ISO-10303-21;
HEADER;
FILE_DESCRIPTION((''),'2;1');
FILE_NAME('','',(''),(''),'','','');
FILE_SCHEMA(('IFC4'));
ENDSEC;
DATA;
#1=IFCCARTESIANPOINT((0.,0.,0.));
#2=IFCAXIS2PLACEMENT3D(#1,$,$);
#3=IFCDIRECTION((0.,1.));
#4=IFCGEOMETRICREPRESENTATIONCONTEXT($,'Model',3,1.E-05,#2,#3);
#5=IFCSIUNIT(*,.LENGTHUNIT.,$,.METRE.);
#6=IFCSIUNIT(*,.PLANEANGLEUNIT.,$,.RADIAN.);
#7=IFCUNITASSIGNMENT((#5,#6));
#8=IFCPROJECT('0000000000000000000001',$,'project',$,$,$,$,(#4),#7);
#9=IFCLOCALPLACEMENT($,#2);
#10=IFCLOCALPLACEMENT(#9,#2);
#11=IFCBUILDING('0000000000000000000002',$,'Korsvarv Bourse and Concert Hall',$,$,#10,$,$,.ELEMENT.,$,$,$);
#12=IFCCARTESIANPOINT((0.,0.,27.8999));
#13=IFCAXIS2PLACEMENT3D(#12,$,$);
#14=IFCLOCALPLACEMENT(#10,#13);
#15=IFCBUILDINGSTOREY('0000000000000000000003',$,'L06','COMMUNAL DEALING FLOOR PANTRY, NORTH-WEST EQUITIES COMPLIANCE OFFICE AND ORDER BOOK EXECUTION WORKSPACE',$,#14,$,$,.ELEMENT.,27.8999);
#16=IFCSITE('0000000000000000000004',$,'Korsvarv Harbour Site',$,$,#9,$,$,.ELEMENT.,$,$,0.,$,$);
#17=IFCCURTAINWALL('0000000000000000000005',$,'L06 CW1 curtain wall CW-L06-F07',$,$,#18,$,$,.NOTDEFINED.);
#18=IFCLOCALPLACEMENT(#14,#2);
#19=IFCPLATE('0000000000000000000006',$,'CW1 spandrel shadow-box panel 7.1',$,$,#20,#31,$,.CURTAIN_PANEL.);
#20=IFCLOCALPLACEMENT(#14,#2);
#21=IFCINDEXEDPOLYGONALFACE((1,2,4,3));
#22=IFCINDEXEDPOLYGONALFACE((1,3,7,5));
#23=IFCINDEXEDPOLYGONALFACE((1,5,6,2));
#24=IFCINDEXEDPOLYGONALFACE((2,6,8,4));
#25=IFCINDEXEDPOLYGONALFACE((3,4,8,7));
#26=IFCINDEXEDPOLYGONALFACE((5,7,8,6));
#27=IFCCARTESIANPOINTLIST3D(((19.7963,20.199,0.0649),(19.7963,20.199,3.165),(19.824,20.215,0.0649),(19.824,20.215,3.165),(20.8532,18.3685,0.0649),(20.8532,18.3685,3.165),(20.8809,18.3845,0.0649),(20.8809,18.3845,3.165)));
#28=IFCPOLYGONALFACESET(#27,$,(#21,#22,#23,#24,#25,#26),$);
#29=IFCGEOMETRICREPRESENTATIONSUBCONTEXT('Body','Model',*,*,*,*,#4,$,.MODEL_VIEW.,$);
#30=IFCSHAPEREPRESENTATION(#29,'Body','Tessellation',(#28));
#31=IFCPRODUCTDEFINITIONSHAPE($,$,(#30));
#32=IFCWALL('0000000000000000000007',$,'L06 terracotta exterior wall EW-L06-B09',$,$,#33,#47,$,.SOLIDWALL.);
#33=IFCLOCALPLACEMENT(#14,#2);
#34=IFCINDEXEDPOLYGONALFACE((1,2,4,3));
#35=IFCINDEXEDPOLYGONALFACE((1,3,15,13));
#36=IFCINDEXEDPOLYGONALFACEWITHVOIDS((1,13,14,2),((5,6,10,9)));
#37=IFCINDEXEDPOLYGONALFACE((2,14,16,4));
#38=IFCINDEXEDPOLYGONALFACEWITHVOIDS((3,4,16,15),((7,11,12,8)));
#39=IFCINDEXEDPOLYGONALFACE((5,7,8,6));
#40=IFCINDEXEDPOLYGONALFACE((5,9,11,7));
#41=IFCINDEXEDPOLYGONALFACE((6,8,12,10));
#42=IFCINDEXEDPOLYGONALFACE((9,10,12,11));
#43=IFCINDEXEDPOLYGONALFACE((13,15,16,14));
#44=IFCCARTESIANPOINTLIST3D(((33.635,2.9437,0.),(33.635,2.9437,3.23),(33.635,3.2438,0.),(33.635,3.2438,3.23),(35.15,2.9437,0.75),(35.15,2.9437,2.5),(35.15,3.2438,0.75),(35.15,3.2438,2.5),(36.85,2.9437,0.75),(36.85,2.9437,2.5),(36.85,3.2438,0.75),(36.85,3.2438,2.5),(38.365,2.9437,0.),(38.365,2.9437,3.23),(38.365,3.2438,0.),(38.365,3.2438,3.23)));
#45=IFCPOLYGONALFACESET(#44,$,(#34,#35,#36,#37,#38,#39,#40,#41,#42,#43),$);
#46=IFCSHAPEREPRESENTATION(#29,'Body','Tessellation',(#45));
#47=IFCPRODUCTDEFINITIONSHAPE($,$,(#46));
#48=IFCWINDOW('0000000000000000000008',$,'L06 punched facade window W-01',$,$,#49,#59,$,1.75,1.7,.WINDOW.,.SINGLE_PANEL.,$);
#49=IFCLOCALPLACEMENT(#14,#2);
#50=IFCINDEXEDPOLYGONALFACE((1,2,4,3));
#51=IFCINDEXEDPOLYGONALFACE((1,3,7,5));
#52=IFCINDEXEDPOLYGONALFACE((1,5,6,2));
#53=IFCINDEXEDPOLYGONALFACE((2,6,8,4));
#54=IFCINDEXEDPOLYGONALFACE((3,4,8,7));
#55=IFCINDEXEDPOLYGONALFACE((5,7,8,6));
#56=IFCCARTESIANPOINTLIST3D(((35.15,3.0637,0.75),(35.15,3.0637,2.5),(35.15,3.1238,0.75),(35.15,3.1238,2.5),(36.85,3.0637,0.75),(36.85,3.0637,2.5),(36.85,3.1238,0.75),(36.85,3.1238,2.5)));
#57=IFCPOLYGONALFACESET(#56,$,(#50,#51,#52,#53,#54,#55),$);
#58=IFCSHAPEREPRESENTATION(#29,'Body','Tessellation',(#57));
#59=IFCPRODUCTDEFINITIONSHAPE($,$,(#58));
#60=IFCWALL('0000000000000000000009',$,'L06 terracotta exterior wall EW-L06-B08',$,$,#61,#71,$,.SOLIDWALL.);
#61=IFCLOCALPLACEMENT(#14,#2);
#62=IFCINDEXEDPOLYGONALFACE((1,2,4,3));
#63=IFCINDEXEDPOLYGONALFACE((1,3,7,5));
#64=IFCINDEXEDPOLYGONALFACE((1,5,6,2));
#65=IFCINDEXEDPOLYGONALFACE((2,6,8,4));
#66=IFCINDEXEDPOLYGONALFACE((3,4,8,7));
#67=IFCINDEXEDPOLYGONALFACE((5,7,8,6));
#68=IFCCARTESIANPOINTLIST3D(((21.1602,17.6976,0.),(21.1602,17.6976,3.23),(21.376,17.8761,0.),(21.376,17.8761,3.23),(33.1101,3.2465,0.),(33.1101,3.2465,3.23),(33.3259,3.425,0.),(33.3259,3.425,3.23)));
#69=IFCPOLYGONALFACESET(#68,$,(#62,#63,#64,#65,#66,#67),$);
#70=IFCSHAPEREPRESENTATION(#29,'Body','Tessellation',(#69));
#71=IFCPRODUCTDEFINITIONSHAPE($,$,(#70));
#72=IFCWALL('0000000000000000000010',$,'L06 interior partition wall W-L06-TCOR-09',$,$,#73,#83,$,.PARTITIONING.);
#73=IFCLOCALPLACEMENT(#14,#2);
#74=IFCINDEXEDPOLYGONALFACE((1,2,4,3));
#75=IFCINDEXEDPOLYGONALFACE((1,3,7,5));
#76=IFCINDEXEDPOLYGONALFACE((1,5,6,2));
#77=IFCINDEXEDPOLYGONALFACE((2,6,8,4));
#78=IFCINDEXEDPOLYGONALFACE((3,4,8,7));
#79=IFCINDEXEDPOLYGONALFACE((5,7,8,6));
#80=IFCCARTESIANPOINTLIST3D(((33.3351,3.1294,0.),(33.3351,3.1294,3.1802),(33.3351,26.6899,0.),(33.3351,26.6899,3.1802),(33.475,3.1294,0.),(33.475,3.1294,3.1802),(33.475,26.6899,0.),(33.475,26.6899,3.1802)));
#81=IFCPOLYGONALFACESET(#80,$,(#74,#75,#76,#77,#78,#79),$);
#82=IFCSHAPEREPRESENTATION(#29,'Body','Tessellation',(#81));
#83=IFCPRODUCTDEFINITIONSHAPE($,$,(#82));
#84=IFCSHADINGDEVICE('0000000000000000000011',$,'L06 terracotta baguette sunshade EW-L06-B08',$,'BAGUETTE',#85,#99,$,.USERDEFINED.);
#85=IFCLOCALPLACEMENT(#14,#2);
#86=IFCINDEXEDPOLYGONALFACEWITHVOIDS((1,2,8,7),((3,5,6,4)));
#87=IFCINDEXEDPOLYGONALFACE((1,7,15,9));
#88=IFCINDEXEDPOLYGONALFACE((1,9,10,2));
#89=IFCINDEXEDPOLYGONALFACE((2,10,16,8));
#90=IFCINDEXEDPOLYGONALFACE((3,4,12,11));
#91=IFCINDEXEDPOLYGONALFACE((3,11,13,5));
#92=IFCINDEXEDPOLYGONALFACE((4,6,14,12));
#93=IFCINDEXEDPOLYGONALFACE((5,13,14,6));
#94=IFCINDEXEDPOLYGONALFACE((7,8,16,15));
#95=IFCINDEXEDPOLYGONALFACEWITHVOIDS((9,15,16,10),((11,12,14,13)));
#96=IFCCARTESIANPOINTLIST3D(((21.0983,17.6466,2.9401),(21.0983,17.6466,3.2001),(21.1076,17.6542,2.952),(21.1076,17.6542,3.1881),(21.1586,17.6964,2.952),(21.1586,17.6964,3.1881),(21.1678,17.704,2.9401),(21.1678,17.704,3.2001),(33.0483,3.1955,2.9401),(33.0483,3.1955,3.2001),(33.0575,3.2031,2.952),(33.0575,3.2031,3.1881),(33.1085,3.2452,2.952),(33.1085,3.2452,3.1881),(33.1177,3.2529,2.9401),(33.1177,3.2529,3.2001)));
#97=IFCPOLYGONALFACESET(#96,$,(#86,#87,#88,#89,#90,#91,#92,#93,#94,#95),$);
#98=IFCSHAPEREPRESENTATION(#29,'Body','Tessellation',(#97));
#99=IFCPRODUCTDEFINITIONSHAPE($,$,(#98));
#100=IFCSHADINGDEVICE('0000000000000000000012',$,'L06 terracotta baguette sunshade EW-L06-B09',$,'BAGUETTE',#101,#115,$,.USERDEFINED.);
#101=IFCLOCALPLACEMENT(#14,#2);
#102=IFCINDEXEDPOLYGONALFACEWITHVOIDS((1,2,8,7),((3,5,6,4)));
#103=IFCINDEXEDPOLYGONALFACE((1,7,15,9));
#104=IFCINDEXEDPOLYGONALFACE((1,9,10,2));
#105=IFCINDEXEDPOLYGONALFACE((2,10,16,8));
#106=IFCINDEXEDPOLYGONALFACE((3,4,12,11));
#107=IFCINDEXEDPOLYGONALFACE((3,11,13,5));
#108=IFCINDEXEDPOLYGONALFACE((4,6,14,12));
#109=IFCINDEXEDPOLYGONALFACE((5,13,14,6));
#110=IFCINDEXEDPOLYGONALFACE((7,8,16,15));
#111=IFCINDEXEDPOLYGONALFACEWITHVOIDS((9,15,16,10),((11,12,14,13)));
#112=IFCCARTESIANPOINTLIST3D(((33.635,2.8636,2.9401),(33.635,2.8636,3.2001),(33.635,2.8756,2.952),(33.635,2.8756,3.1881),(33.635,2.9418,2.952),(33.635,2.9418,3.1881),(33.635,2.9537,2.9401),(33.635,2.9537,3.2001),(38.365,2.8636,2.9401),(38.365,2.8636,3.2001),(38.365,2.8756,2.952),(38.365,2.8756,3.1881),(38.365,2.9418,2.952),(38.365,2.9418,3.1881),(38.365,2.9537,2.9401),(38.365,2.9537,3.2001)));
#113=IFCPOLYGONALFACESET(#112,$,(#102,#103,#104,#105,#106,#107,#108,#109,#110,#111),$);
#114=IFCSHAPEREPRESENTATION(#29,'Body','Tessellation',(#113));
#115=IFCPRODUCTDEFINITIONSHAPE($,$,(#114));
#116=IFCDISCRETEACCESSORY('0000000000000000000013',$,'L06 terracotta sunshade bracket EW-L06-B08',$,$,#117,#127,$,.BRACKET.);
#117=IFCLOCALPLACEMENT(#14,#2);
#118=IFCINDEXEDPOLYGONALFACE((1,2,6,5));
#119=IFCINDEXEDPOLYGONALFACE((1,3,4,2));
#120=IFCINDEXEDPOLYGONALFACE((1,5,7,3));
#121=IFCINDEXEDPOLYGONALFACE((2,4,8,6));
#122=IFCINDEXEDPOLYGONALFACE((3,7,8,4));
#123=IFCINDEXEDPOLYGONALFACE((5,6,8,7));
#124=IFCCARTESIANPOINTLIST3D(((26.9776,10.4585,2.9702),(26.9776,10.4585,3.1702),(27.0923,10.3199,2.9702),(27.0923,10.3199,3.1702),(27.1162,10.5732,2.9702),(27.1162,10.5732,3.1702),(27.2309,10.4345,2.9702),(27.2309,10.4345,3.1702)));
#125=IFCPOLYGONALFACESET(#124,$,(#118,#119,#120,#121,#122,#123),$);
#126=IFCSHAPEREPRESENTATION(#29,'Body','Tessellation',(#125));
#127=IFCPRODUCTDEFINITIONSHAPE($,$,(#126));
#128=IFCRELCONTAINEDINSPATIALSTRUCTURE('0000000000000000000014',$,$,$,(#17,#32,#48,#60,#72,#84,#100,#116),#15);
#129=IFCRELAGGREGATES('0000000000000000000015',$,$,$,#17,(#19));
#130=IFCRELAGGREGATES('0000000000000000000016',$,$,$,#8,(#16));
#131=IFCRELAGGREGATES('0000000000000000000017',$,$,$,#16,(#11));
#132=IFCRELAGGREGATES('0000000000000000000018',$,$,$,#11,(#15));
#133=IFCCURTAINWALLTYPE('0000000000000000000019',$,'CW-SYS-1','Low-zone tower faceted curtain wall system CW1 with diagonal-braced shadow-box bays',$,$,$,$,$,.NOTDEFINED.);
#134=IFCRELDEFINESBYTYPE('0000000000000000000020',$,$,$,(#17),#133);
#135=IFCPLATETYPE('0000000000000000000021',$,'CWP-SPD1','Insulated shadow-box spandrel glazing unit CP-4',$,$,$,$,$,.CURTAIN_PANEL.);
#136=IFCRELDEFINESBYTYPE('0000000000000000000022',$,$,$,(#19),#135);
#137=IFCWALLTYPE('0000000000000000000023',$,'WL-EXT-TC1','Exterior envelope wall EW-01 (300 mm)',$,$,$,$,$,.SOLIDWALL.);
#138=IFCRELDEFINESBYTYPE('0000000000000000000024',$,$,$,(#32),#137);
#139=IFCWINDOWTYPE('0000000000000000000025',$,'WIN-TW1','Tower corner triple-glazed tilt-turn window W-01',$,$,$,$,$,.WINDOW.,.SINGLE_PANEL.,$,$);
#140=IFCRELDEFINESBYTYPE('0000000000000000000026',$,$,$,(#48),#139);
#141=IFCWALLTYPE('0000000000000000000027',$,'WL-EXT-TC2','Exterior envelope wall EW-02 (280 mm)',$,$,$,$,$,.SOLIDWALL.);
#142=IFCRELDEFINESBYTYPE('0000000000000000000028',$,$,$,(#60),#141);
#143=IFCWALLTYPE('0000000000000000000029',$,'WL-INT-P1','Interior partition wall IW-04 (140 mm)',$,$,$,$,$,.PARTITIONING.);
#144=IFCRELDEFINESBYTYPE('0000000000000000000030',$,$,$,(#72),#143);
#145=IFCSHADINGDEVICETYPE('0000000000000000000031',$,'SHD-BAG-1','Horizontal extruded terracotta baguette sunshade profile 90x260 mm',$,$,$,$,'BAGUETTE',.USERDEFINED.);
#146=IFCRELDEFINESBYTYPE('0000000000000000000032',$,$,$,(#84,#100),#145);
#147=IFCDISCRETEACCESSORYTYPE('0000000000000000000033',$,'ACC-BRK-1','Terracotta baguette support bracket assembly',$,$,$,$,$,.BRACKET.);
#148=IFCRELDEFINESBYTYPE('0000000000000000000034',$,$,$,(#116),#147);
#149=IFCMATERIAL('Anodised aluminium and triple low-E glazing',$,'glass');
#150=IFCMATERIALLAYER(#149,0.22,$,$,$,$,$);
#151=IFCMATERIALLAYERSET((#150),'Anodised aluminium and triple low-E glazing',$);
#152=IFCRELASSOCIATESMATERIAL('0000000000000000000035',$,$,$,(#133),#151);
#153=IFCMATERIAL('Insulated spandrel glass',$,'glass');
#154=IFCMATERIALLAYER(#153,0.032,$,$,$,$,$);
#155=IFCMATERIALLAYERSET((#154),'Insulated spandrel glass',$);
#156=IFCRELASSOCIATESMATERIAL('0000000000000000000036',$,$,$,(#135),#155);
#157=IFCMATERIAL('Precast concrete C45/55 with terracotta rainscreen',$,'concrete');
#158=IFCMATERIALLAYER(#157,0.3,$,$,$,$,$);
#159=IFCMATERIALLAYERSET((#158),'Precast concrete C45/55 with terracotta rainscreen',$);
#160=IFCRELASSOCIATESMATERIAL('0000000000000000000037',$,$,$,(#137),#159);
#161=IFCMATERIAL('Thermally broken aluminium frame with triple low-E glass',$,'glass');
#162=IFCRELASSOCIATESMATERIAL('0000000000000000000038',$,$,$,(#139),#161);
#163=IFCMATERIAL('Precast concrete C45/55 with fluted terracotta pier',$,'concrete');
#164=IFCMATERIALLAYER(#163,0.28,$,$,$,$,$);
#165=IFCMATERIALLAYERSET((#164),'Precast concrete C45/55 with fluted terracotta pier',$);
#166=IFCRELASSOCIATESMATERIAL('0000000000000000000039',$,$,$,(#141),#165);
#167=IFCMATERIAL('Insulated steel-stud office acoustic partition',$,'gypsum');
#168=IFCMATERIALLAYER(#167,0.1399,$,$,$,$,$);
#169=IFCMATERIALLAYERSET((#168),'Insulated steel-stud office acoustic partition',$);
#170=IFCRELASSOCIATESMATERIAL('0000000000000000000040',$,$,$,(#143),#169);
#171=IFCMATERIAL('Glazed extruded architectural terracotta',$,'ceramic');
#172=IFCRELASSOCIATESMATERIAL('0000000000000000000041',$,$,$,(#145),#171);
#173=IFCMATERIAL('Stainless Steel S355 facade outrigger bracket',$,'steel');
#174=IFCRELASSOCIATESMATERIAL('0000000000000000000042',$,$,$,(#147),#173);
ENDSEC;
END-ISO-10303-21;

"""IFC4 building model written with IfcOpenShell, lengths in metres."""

from ifc_helpers import new_model, si_unit, direction, frame, frame_2d, origin, origin_2d, place, context, subcontext, project, spatial, rectangle, hollow_rectangle, extrude, source, transform, mapped, material, layer, layer_set, material_profile, profile_set, type_object, element, fill, aggregate, save


model = new_model("IFC4")

# Units and contexts
model_context = context("Model", 3, precision=1e-05, world=origin(), true_north=direction((0.0, 1.0)))
body_context = subcontext(model_context, "Body", "Model", "MODEL_VIEW")
ifc_project = project(units=[si_unit("LENGTHUNIT", "METRE"), si_unit("PLANEANGLEUNIT", "RADIAN")], contexts=[model_context])

# Site, building, storey
site_placement = place(None, origin())
site = spatial("IfcSite", under=ifc_project, at=site_placement, Name="Korsvarv Harbour Site", CompositionType="ELEMENT", RefElevation=0.0)
building_placement = place(site_placement, origin())
building = spatial("IfcBuilding", under=site, at=building_placement, Name="Korsvarv Bourse and Concert Hall", CompositionType="ELEMENT")
storey_placement = place(building_placement, frame((0.0, 0.0, 27.8999)))
storey = spatial("IfcBuildingStorey", under=building, at=storey_placement, Name="L06", Description="COMMUNAL DEALING FLOOR PANTRY, NORTH-WEST EQUITIES COMPLIANCE OFFICE AND ORDER BOOK EXECUTION WORKSPACE", CompositionType="ELEMENT", Elevation=27.8999)

# Curtain wall, plate
ifc_material_1 = material(Name="Anodised aluminium and triple low-E glazing", Category="glass")
ifc_layer_1 = layer(ifc_material_1, 0.22)
ifc_layer_set_1 = layer_set([ifc_layer_1], Name="Anodised aluminium and triple low-E glazing")
curtain_wall_type = type_object("IfcCurtainWallType", Name="CW-SYS-1", Description="Low-zone tower faceted curtain wall system CW1 with diagonal-braced shadow-box bays", PredefinedType="NOTDEFINED", material=ifc_layer_set_1)
curtain_wall_placement = place(storey_placement, origin())
curtain_wall = element("IfcCurtainWall", 1, at=curtain_wall_placement, inside=storey, type_object=curtain_wall_type, Name="L06 CW1 curtain wall CW-L06-F07", PredefinedType="NOTDEFINED")
ifc_material_2 = material(Name="Insulated spandrel glass", Category="glass")
ifc_layer_2 = layer(ifc_material_2, 0.032)
ifc_layer_set_2 = layer_set([ifc_layer_2], Name="Insulated spandrel glass")
plate_type = type_object("IfcPlateType", Name="CWP-SPD1", Description="Insulated shadow-box spandrel glazing unit CP-4", PredefinedType="CURTAIN_PANEL", material=ifc_layer_set_2)
shared_shape_1 = source(origin(), body_context, "Body", "SweptSolid", [
    extrude(rectangle(XDim=2.1138, YDim=0.032, at=origin_2d()), origin(), (0.0, 0.0, 1.0), 3.1001),
])
plate_placement = place(storey_placement, frame((20.3386, 19.2917, 0.0649), z_axis=(0.0, 0.0, 1.0), x_axis=(0.499995, -0.866029, 0.0)))
plate = element("IfcPlate", 2, at=plate_placement, type_object=plate_type, Name="CW1 spandrel shadow-box panel 7.1", PredefinedType="CURTAIN_PANEL", context=body_context, shape_type="MappedRepresentation", body=[
    mapped(shared_shape_1, transform((0.0, 0.0, 0.0), scale=1.0)),
])
aggregate(curtain_wall, [plate])

# Wall, opening, window
ifc_material_3 = material(Name="Precast concrete C45/55 with terracotta rainscreen", Category="concrete")
ifc_layer_3 = layer(ifc_material_3, 0.3)
ifc_layer_set_3 = layer_set([ifc_layer_3], Name="Precast concrete C45/55 with terracotta rainscreen")
wall_type_1 = type_object("IfcWallType", Name="WL-EXT-TC1", Description="Exterior envelope wall EW-01 (300 mm)", PredefinedType="SOLIDWALL", material=ifc_layer_set_3)
wall_1_placement = place(storey_placement, frame((33.635, 3.0938, 0.0), z_axis=(0.0, 0.0, 1.0), x_axis=(1.0, 0.0, 0.0)))
wall_1 = element("IfcWall", 3, at=wall_1_placement, inside=storey, type_object=wall_type_1, Name="L06 terracotta exterior wall EW-L06-B09", PredefinedType="SOLIDWALL", context=body_context, shape_type="SweptSolid", body=[
    extrude(rectangle(XDim=4.73, YDim=0.3, at=frame_2d((2.365, 0.0))), origin(), (0.0, 0.0, 1.0), 3.23),
])
opening_placement = place(wall_1_placement, frame((1.5149, 0.0, 0.75)))
opening = element("IfcOpeningElement", 4, at=opening_placement, cuts=wall_1, PredefinedType="OPENING", context=body_context, shape_type="SweptSolid", body=[
    extrude(rectangle(XDim=1.7, YDim=1.75, at=frame_2d((0.8501, 0.875))), frame((0.0, 0.1602, 0.0), z_axis=(0.0, -1.0, 0.0), x_axis=(1.0, 0.0, 0.0)), (0.0, 0.0, 1.0), 0.3201),
])
ifc_material_4 = material(Name="Thermally broken aluminium frame with triple low-E glass", Category="glass")
window_type = type_object("IfcWindowType", Name="WIN-TW1", Description="Tower corner triple-glazed tilt-turn window W-01", PartitioningType="SINGLE_PANEL", PredefinedType="WINDOW", material=ifc_material_4)
window_placement = place(opening_placement, origin())
window = element("IfcWindow", 5, at=window_placement, inside=storey, type_object=window_type, Name="L06 punched facade window W-01", OverallHeight=1.75, OverallWidth=1.7, PartitioningType="SINGLE_PANEL", PredefinedType="WINDOW", context=body_context, shape_type="SweptSolid", body=[
    extrude(rectangle(XDim=1.7, YDim=1.75, at=frame_2d((0.8501, 0.875))), frame((0.0, 0.03, 0.0), z_axis=(0.0, -1.0, 0.0), x_axis=(1.0, 0.0, 0.0)), (0.0, 0.0, 1.0), 0.0601),
])
fill(opening, window)

# Walls
ifc_material_5 = material(Name="Precast concrete C45/55 with fluted terracotta pier", Category="concrete")
ifc_layer_4 = layer(ifc_material_5, 0.28)
ifc_layer_set_4 = layer_set([ifc_layer_4], Name="Precast concrete C45/55 with fluted terracotta pier")
wall_type_2 = type_object("IfcWallType", Name="WL-EXT-TC2", Description="Exterior envelope wall EW-02 (280 mm)", PredefinedType="SOLIDWALL", material=ifc_layer_set_4)
wall_2_placement = place(storey_placement, frame((21.2681, 17.7869, 0.0), z_axis=(0.0, 0.0, 1.0), x_axis=(0.637263, -0.770647, 0.0)))
element("IfcWall", 6, at=wall_2_placement, inside=storey, type_object=wall_type_2, Name="L06 terracotta exterior wall EW-L06-B08", PredefinedType="SOLIDWALL", context=body_context, shape_type="SweptSolid", body=[
    extrude(rectangle(XDim=18.752, YDim=0.28, at=frame_2d((9.376, 0.0))), origin(), (0.0, 0.0, 1.0), 3.23),
])
ifc_material_6 = material(Name="Insulated steel-stud office acoustic partition", Category="gypsum")
ifc_layer_5 = layer(ifc_material_6, 0.1399)
ifc_layer_set_5 = layer_set([ifc_layer_5], Name="Insulated steel-stud office acoustic partition")
wall_type_3 = type_object("IfcWallType", Name="WL-INT-P1", Description="Interior partition wall IW-04 (140 mm)", PredefinedType="PARTITIONING", material=ifc_layer_set_5)
wall_3_placement = place(storey_placement, frame((33.405, 3.1294, 0.0), z_axis=(0.0, 0.0, 1.0), x_axis=(0.0, 1.0, 0.0)))
element("IfcWall", 7, at=wall_3_placement, inside=storey, type_object=wall_type_3, Name="L06 interior partition wall W-L06-TCOR-09", PredefinedType="PARTITIONING", context=body_context, shape_type="SweptSolid", body=[
    extrude(rectangle(XDim=23.5605, YDim=0.1399, at=frame_2d((11.7803, 0.0))), origin(), (0.0, 0.0, 1.0), 3.1802),
])

# Shading devices
ifc_material_7 = material(Name="Glazed extruded architectural terracotta", Category="ceramic")
ifc_material_profile_1 = material_profile(ifc_material_7, hollow_rectangle(XDim=0.0901, YDim=0.26, WallThickness=0.012, at=origin_2d()), Name="TC-BAG 90x260")
ifc_profile_set_1 = profile_set([ifc_material_profile_1], Name="Glazed extruded architectural terracotta")
shading_device_type = type_object("IfcShadingDeviceType", Name="SHD-BAG-1", Description="Horizontal extruded terracotta baguette sunshade profile 90x260 mm", ElementType="BAGUETTE", PredefinedType="USERDEFINED", material=ifc_profile_set_1)
shared_shape_2 = source(origin(), body_context, "Body", "SweptSolid", [
    extrude(hollow_rectangle(XDim=0.0901, YDim=0.26, WallThickness=0.012, at=origin_2d()), origin(), (0.0, 0.0, 1.0), 18.752),
])
shading_device_1_placement = place(storey_placement, frame((21.1331, 17.6753, 3.0701), z_axis=(0.637263, -0.770647, 0.0), x_axis=(0.770647, 0.637263, 0.0)))
element("IfcShadingDevice", 8, at=shading_device_1_placement, inside=storey, type_object=shading_device_type, Name="L06 terracotta baguette sunshade EW-L06-B08", ObjectType="BAGUETTE", PredefinedType="USERDEFINED", context=body_context, shape_type="MappedRepresentation", body=[
    mapped(shared_shape_2, transform((0.0, 0.0, 0.0), scale=1.0)),
])
shared_shape_3 = source(origin(), body_context, "Body", "SweptSolid", [
    extrude(hollow_rectangle(XDim=0.0901, YDim=0.26, WallThickness=0.012, at=origin_2d()), origin(), (0.0, 0.0, 1.0), 4.73),
])
shading_device_2_placement = place(storey_placement, frame((33.635, 2.9087, 3.0701), z_axis=(1.0, 0.0, 0.0), x_axis=(0.0, 1.0, 0.0)))
element("IfcShadingDevice", 9, at=shading_device_2_placement, inside=storey, type_object=shading_device_type, Name="L06 terracotta baguette sunshade EW-L06-B09", ObjectType="BAGUETTE", PredefinedType="USERDEFINED", context=body_context, shape_type="MappedRepresentation", body=[
    mapped(shared_shape_3, transform((0.0, 0.0, 0.0), scale=1.0)),
])

# Discrete accessory
ifc_material_8 = material(Name="Stainless Steel S355 facade outrigger bracket", Category="steel")
discrete_accessory_type = type_object("IfcDiscreteAccessoryType", Name="ACC-BRK-1", Description="Terracotta baguette support bracket assembly", PredefinedType="BRACKET", material=ifc_material_8)
shared_shape_4 = source(origin(), body_context, "Body", "SweptSolid", [
    extrude(rectangle(XDim=0.1799, YDim=0.1799, at=origin_2d()), origin(), (0.0, 0.0, 1.0), 0.2),
])
discrete_accessory_placement = place(storey_placement, frame((27.1042, 10.4465, 2.9702), z_axis=(0.0, 0.0, 1.0), x_axis=(0.63729, -0.770624, 0.0)))
element("IfcDiscreteAccessory", 10, at=discrete_accessory_placement, inside=storey, type_object=discrete_accessory_type, Name="L06 terracotta sunshade bracket EW-L06-B08", PredefinedType="BRACKET", context=body_context, shape_type="MappedRepresentation", body=[
    mapped(shared_shape_4, transform((0.0, 0.0, 0.0), scale=1.0)),
])

save(model, "model.ifc")
